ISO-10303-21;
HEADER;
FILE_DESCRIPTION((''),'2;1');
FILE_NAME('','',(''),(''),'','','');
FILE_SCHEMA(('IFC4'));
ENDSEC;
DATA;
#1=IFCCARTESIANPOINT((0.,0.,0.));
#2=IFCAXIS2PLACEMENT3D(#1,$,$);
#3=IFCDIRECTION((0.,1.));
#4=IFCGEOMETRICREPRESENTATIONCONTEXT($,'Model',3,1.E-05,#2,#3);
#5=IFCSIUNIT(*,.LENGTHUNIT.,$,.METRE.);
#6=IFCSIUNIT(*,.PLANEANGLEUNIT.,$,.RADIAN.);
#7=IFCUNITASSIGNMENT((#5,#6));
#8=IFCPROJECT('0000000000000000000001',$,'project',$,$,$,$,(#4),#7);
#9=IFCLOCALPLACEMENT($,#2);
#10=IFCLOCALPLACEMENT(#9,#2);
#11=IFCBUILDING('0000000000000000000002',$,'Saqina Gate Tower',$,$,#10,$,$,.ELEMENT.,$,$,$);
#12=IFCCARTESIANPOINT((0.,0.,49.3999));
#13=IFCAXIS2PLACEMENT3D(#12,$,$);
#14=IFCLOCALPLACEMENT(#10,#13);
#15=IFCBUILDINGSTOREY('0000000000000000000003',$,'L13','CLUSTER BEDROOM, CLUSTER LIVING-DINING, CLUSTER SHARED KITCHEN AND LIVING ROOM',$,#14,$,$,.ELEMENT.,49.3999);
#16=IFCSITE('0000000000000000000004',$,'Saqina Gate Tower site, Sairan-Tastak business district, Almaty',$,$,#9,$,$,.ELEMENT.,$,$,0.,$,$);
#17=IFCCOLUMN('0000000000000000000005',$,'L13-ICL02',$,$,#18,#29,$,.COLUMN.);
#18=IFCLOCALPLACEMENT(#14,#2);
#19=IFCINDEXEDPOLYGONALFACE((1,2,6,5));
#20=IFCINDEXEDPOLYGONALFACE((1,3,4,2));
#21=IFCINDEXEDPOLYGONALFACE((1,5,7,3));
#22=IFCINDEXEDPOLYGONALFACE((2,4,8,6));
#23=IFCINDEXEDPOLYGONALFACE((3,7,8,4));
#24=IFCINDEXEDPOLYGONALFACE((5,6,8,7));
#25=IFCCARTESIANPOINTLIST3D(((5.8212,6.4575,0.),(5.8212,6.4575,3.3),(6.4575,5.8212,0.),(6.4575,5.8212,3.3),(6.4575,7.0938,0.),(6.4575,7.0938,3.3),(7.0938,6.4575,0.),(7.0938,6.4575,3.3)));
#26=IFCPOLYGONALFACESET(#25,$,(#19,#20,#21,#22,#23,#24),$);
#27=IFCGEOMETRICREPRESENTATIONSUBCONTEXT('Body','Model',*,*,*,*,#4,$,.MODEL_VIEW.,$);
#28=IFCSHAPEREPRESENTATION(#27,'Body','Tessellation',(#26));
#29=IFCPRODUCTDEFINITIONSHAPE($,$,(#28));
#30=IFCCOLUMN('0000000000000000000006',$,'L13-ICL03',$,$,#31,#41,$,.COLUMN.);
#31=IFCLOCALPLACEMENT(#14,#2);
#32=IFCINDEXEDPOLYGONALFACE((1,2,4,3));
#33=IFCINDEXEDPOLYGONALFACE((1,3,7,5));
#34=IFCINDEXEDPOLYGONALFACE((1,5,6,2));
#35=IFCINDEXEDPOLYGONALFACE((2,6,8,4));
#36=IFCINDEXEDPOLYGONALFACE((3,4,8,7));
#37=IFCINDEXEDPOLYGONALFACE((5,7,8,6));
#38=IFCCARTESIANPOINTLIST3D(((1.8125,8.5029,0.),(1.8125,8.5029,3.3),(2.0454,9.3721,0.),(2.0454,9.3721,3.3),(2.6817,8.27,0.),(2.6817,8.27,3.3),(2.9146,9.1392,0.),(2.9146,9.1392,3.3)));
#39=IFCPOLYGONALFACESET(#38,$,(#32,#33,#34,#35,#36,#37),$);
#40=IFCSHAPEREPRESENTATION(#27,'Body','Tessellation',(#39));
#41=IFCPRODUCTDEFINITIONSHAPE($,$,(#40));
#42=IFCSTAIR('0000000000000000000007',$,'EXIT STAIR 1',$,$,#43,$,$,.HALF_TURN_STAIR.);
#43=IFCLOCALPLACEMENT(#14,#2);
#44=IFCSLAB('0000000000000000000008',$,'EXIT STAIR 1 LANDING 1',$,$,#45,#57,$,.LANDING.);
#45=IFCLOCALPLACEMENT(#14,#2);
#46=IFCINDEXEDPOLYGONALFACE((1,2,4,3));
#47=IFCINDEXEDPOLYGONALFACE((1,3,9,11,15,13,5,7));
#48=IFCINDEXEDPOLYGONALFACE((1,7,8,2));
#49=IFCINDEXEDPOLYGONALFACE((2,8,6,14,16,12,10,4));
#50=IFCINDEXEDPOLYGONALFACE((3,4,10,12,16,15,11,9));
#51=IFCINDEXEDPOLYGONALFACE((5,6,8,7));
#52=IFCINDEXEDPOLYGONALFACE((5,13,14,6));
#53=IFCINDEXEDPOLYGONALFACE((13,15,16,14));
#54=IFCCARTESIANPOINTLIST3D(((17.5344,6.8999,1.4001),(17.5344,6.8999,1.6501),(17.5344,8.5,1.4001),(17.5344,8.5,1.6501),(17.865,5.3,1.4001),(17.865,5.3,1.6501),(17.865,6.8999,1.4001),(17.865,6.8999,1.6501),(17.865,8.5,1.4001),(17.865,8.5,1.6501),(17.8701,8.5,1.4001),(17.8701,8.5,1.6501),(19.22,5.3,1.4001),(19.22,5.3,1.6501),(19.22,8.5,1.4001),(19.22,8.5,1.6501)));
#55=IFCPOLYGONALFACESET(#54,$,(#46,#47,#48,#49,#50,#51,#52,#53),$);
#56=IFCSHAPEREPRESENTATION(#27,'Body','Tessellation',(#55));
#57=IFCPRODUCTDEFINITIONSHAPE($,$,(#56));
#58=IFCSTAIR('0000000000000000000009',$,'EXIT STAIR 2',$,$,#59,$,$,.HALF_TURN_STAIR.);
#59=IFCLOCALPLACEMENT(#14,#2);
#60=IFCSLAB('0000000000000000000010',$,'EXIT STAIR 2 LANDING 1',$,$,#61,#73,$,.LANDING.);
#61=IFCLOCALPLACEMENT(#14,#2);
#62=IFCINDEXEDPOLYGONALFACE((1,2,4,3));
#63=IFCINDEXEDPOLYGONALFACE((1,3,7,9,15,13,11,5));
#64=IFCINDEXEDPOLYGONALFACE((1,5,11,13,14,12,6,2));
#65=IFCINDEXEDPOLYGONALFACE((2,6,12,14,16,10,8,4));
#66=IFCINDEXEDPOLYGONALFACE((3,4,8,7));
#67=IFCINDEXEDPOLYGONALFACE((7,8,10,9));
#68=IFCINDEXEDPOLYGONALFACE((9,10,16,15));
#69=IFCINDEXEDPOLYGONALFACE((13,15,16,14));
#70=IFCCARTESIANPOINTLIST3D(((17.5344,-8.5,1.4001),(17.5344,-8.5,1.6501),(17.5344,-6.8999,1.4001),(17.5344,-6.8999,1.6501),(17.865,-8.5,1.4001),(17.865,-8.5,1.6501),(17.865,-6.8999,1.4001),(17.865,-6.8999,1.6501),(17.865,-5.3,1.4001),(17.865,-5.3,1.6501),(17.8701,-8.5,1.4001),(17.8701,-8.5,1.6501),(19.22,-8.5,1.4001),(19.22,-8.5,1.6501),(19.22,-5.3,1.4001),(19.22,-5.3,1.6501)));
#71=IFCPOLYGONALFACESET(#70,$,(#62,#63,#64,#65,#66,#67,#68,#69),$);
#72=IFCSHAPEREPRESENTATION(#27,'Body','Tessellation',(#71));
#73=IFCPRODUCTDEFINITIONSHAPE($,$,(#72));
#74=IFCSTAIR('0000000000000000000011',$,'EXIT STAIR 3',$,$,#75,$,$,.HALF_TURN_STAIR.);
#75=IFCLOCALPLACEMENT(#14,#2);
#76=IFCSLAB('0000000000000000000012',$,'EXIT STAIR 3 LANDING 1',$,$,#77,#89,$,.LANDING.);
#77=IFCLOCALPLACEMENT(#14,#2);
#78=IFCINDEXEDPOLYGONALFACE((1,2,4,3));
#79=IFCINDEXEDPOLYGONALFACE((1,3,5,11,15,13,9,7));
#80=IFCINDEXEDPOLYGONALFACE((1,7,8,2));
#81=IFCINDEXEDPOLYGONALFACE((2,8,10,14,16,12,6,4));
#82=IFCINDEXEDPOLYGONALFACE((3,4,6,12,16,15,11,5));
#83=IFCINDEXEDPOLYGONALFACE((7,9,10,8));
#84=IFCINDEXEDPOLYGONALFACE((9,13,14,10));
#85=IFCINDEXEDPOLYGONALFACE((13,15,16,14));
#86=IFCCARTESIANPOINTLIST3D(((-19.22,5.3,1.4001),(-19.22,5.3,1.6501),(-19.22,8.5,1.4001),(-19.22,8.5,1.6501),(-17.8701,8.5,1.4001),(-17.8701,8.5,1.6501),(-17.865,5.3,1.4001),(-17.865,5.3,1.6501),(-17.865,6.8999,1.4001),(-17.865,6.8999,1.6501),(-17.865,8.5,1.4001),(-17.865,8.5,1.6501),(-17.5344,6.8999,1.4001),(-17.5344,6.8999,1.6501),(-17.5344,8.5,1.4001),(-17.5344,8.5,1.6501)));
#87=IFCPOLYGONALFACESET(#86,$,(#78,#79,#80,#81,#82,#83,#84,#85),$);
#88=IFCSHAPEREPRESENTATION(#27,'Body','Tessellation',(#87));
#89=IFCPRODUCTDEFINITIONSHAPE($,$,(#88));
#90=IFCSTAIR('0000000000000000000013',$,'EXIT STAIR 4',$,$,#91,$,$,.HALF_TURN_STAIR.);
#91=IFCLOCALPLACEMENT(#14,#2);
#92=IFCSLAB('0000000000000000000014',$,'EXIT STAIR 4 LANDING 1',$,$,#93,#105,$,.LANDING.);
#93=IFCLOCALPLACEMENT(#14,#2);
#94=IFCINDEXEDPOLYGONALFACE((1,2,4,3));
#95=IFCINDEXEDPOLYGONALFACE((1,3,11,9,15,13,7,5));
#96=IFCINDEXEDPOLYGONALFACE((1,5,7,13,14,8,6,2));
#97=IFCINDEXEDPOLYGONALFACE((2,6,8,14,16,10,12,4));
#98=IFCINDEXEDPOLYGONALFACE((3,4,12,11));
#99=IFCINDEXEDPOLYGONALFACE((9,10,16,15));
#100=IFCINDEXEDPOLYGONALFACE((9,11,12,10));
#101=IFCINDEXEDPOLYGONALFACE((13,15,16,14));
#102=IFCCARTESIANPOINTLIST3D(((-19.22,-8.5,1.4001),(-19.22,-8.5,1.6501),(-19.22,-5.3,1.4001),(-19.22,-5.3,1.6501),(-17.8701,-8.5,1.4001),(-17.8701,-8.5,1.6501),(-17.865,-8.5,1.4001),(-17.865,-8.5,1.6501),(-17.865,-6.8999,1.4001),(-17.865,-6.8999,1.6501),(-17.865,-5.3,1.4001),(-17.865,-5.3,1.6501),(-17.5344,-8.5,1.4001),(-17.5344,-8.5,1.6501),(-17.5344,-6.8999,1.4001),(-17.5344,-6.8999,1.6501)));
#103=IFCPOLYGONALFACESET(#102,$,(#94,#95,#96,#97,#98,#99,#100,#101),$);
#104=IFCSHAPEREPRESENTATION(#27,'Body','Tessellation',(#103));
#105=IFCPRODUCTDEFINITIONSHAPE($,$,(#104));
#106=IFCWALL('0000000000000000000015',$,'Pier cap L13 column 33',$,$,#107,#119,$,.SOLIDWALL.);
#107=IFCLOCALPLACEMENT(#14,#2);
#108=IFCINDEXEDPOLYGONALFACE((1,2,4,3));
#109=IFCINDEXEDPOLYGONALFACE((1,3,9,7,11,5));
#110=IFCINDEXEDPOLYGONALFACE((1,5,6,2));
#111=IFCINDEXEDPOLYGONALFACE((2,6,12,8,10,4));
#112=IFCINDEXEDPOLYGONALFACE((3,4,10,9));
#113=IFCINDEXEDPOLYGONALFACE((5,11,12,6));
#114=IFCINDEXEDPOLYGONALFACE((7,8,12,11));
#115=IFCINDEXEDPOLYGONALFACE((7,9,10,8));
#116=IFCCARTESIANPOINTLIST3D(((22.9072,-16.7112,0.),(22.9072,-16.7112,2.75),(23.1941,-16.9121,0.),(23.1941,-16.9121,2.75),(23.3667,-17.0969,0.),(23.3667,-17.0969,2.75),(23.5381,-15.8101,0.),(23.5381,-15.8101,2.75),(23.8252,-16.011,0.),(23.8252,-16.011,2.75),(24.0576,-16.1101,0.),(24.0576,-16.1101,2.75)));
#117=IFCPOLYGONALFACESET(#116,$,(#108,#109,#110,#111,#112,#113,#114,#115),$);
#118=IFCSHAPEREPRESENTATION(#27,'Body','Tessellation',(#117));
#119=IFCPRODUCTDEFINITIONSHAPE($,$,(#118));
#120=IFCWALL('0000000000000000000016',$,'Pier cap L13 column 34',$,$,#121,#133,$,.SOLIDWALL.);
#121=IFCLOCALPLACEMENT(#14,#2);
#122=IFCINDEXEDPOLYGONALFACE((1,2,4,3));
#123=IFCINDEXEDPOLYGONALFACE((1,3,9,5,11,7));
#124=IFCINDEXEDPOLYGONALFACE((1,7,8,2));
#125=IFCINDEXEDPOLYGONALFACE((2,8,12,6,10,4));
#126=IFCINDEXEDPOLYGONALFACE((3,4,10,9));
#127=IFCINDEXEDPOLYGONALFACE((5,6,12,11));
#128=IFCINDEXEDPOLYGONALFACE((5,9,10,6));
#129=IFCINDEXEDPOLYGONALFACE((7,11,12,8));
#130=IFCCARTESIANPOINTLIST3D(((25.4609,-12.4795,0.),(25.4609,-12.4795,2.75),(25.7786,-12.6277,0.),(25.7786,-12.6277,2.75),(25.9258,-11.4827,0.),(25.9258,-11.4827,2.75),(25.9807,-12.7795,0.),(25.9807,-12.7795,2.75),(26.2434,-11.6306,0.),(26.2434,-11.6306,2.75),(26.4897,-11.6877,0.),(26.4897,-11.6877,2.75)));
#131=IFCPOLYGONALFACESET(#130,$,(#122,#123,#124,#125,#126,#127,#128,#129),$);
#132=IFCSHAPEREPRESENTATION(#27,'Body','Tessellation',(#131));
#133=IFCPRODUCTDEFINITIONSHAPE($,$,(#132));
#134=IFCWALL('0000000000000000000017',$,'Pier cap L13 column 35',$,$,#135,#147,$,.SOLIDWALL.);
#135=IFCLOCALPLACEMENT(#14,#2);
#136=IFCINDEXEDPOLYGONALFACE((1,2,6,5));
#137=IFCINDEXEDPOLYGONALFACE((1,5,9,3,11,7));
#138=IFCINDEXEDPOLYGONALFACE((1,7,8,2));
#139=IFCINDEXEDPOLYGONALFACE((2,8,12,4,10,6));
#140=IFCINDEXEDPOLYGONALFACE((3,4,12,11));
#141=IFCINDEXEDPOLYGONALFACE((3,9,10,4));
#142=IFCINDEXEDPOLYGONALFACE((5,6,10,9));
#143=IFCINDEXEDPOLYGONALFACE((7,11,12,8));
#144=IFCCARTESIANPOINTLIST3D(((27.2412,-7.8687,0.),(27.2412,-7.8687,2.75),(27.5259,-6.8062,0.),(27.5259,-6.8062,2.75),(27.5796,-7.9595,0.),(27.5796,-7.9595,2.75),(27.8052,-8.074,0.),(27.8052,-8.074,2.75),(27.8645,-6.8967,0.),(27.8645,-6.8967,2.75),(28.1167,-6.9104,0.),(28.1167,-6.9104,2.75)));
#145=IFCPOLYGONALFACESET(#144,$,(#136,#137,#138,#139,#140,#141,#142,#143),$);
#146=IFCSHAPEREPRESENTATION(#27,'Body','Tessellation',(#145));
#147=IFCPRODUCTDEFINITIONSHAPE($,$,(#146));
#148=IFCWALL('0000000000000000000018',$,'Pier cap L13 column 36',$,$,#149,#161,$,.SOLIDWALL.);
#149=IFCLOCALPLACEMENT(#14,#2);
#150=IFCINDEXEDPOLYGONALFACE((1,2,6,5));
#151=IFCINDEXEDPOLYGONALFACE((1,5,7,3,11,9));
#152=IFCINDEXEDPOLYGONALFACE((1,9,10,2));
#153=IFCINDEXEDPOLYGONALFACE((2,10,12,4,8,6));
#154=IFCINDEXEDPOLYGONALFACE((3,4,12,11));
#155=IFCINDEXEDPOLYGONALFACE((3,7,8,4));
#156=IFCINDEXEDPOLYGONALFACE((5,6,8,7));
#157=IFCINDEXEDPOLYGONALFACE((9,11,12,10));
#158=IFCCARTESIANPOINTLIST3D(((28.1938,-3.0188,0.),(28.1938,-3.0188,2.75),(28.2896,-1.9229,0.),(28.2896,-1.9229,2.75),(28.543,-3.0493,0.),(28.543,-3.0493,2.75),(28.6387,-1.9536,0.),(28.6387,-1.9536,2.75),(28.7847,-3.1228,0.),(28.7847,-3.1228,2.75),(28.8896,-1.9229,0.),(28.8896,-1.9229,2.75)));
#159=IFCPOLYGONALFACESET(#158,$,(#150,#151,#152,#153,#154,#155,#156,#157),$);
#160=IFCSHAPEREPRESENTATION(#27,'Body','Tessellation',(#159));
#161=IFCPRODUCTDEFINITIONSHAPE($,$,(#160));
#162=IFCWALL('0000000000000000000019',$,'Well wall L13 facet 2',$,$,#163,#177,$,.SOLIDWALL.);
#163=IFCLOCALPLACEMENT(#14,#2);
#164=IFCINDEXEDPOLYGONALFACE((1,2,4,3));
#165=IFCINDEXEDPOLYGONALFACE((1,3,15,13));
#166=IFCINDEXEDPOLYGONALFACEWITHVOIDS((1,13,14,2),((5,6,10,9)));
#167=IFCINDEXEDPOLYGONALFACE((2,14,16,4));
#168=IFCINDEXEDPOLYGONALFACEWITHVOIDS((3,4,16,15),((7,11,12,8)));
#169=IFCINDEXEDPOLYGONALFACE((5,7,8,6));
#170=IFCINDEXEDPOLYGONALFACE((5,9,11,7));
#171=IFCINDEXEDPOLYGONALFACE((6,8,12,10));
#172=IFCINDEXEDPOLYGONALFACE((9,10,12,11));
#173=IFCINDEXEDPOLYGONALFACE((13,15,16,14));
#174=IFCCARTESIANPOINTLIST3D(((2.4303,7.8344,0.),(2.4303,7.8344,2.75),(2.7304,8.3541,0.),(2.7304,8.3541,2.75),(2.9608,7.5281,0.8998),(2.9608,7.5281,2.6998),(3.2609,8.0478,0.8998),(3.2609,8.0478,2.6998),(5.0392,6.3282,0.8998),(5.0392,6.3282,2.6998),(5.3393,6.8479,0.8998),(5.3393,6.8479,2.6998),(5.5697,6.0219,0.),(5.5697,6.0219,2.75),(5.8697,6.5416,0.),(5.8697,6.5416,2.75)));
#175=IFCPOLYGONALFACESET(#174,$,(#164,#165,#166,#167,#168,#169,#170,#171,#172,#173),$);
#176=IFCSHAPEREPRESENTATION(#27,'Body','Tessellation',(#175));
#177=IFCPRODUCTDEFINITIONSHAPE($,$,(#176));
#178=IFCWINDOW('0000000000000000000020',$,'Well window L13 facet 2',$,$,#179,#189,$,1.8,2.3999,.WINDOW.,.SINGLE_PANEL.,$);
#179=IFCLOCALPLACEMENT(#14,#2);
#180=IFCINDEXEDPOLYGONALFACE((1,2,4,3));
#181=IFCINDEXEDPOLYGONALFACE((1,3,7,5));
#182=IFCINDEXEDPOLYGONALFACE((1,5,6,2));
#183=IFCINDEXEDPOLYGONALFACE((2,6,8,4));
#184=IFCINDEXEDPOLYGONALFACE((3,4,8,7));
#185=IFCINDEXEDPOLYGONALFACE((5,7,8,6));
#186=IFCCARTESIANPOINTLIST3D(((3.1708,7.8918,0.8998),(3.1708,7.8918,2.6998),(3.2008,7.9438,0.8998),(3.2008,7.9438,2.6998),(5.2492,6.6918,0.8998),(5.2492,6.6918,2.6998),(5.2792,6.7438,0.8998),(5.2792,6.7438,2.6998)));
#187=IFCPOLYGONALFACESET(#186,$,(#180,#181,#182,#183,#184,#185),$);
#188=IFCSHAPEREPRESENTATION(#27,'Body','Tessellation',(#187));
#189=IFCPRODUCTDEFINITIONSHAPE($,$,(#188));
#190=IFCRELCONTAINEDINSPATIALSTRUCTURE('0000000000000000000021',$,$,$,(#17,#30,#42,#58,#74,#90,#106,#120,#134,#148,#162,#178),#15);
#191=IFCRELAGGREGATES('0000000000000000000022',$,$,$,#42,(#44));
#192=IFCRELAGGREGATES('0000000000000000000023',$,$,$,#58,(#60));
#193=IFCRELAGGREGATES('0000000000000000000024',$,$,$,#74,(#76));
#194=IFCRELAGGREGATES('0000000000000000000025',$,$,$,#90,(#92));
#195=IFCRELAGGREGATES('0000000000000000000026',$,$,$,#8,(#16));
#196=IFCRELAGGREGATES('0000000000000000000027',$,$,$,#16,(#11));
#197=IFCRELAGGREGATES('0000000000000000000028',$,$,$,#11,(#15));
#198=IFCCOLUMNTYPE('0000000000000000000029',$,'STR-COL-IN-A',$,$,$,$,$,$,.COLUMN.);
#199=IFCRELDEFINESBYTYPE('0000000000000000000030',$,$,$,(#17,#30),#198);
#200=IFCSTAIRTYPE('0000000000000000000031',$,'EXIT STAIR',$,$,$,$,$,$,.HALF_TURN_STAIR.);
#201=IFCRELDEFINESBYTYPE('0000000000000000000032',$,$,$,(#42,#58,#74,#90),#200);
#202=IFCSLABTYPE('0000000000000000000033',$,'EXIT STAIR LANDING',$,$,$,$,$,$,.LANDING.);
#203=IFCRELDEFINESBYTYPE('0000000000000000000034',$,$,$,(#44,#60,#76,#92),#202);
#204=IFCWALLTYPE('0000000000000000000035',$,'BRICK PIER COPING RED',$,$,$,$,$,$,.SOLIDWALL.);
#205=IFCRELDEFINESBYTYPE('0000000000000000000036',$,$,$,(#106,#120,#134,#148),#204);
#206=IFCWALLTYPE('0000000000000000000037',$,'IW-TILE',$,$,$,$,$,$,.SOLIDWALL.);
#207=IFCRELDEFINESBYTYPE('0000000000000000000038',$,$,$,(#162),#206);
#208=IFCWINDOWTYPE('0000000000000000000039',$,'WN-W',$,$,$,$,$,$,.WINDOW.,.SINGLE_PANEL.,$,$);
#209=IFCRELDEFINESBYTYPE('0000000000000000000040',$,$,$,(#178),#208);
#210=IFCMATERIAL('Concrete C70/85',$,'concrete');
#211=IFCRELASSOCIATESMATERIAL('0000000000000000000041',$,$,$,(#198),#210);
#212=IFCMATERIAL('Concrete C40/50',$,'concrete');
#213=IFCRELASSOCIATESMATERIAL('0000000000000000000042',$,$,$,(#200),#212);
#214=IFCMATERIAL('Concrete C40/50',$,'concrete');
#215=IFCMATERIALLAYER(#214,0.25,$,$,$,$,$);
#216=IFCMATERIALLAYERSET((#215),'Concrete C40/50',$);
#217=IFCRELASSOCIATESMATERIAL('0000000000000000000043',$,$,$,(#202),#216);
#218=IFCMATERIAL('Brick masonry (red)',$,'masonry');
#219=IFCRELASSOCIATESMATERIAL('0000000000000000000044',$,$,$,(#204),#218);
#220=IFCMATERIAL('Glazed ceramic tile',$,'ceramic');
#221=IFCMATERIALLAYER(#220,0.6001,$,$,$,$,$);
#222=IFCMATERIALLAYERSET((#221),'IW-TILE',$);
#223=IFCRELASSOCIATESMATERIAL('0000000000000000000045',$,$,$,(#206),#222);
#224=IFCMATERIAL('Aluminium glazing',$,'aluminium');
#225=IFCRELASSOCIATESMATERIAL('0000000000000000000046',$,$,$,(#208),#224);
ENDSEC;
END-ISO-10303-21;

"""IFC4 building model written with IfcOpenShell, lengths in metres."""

from ifc_helpers import new_model, si_unit, direction, frame, frame_2d, origin, origin_2d, place, context, subcontext, project, spatial, polyline, rectangle, outline, extrude, material, layer, layer_set, material_profile, profile_set, type_object, element, fill, aggregate, save


model = new_model("IFC4")

# Units and contexts
model_context = context("Model", 3, precision=1e-05, world=origin(), true_north=direction((0.0, 1.0)))
body_context = subcontext(model_context, "Body", "Model", "MODEL_VIEW")
ifc_project = project(units=[si_unit("LENGTHUNIT", "METRE"), si_unit("PLANEANGLEUNIT", "RADIAN")], contexts=[model_context])

# Site, building, storey
site_placement = place(None, origin())
site = spatial("IfcSite", under=ifc_project, at=site_placement, Name="Saqina Gate Tower site, Sairan-Tastak business district, Almaty", CompositionType="ELEMENT", RefElevation=0.0)
building_placement = place(site_placement, origin())
building = spatial("IfcBuilding", under=site, at=building_placement, Name="Saqina Gate Tower", CompositionType="ELEMENT")
storey_placement = place(building_placement, frame((0.0, 0.0, 49.3999)))
storey = spatial("IfcBuildingStorey", under=building, at=storey_placement, Name="L13", Description="CLUSTER BEDROOM, CLUSTER LIVING-DINING, CLUSTER SHARED KITCHEN AND LIVING ROOM", CompositionType="ELEMENT", Elevation=49.3999)

# Columns
ifc_material_1 = material(Name="Concrete C70/85", Category="concrete")
ifc_material_profile = material_profile(ifc_material_1, rectangle(XDim=0.8999, YDim=0.8999, at=origin_2d()), Name="RC 900x900")
ifc_profile_set = profile_set([ifc_material_profile], Name="Concrete C70/85")
column_type = type_object("IfcColumnType", Name="STR-COL-IN-A", PredefinedType="COLUMN", material=ifc_profile_set)
for number, where, z_axis, x_axis, name in (
    (1, (6.4575, 6.4575, 0.0), (0.0, 0.0, 1.0), (0.707107, 0.707107, 0.0), "L13-ICL02"),
    (2, (2.3635, 8.821, 0.0), (0.0, 0.0, 1.0), (0.258819, 0.965926, 0.0), "L13-ICL03"),
):
    element("IfcColumn", number, at=place(storey_placement, frame(where, z_axis=z_axis, x_axis=x_axis)), inside=storey, type_object=column_type, Name=name, PredefinedType="COLUMN", context=body_context, shape_type="SweptSolid", body=[
        extrude(rectangle(XDim=0.8999, YDim=0.8999, at=origin_2d()), origin(), (0.0, 0.0, 1.0), 3.3),
    ])

# Stairs, slabs
ifc_material_2 = material(Name="Concrete C40/50", Category="concrete")
stair_type = type_object("IfcStairType", Name="EXIT STAIR", PredefinedType="HALF_TURN_STAIR", material=ifc_material_2)
stair_1_placement = place(storey_placement, origin())
stair_1 = element("IfcStair", 3, at=stair_1_placement, inside=storey, type_object=stair_type, Name="EXIT STAIR 1", PredefinedType="HALF_TURN_STAIR")
ifc_material_3 = material(Name="Concrete C40/50", Category="concrete")
ifc_layer_1 = layer(ifc_material_3, 0.25)
ifc_layer_set_1 = layer_set([ifc_layer_1], Name="Concrete C40/50")
slab_type = type_object("IfcSlabType", Name="EXIT STAIR LANDING", PredefinedType="LANDING", material=ifc_layer_set_1)
slab_1_placement = place(storey_placement, frame((0.0, 0.0, 1.4001)))
slab_1 = element("IfcSlab", 4, at=slab_1_placement, type_object=slab_type, Name="EXIT STAIR 1 LANDING 1", PredefinedType="LANDING", context=body_context, shape_type="SweptSolid", body=[
    extrude(outline(polyline([(19.22, 8.5), (19.22, 5.3), (17.865, 5.3), (17.865, 6.8999), (17.5344, 6.8999), (17.5344, 8.5), (17.865, 8.5), (17.8701, 8.5), (19.22, 8.5)])), origin(), (0.0, 0.0, 1.0), 0.25),
])
aggregate(stair_1, [slab_1])
stair_2_placement = place(storey_placement, origin())
stair_2 = element("IfcStair", 5, at=stair_2_placement, inside=storey, type_object=stair_type, Name="EXIT STAIR 2", PredefinedType="HALF_TURN_STAIR")
slab_2_placement = place(storey_placement, frame((0.0, 0.0, 1.4001)))
slab_2 = element("IfcSlab", 6, at=slab_2_placement, type_object=slab_type, Name="EXIT STAIR 2 LANDING 1", PredefinedType="LANDING", context=body_context, shape_type="SweptSolid", body=[
    extrude(outline(polyline([(17.5344, -8.5), (17.5344, -6.8999), (17.865, -6.8999), (17.865, -5.3), (19.22, -5.3), (19.22, -8.5), (17.8701, -8.5), (17.865, -8.5), (17.5344, -8.5)])), origin(), (0.0, 0.0, 1.0), 0.25),
])
aggregate(stair_2, [slab_2])
stair_3_placement = place(storey_placement, origin())
stair_3 = element("IfcStair", 7, at=stair_3_placement, inside=storey, type_object=stair_type, Name="EXIT STAIR 3", PredefinedType="HALF_TURN_STAIR")
slab_3_placement = place(storey_placement, frame((0.0, 0.0, 1.4001)))
slab_3 = element("IfcSlab", 8, at=slab_3_placement, type_object=slab_type, Name="EXIT STAIR 3 LANDING 1", PredefinedType="LANDING", context=body_context, shape_type="SweptSolid", body=[
    extrude(outline(polyline([(-17.865, 5.3), (-19.22, 5.3), (-19.22, 8.5), (-17.8701, 8.5), (-17.865, 8.5), (-17.5344, 8.5), (-17.5344, 6.8999), (-17.865, 6.8999), (-17.865, 5.3)])), origin(), (0.0, 0.0, 1.0), 0.25),
])
aggregate(stair_3, [slab_3])
stair_4_placement = place(storey_placement, origin())
stair_4 = element("IfcStair", 9, at=stair_4_placement, inside=storey, type_object=stair_type, Name="EXIT STAIR 4", PredefinedType="HALF_TURN_STAIR")
slab_4_placement = place(storey_placement, frame((0.0, 0.0, 1.4001)))
slab_4 = element("IfcSlab", 10, at=slab_4_placement, type_object=slab_type, Name="EXIT STAIR 4 LANDING 1", PredefinedType="LANDING", context=body_context, shape_type="SweptSolid", body=[
    extrude(outline(polyline([(-17.5344, -6.8999), (-17.5344, -8.5), (-17.865, -8.5), (-17.8701, -8.5), (-19.22, -8.5), (-19.22, -5.3), (-17.865, -5.3), (-17.865, -6.8999), (-17.5344, -6.8999)])), origin(), (0.0, 0.0, 1.0), 0.25),
])
aggregate(stair_4, [slab_4])

# Walls
ifc_material_4 = material(Name="Brick masonry (red)", Category="masonry")
wall_type_1 = type_object("IfcWallType", Name="BRICK PIER COPING RED", PredefinedType="SOLIDWALL", material=ifc_material_4)
wall_1_placement = place(storey_placement, origin())
element("IfcWall", 11, at=wall_1_placement, inside=storey, type_object=wall_type_1, Name="Pier cap L13 column 33", PredefinedType="SOLIDWALL", context=body_context, shape_type="SweptSolid", body=[
    extrude(outline(polyline([(23.3667, -17.0969), (24.0576, -16.1101), (23.5381, -15.8101), (23.8252, -16.011), (23.1941, -16.9121), (22.9072, -16.7112), (23.3667, -17.0969)])), origin(), (0.0, 0.0, 1.0), 2.75),
])
wall_2_placement = place(storey_placement, origin())
element("IfcWall", 12, at=wall_2_placement, inside=storey, type_object=wall_type_1, Name="Pier cap L13 column 34", PredefinedType="SOLIDWALL", context=body_context, shape_type="SweptSolid", body=[
    extrude(outline(polyline([(26.4897, -11.6877), (25.9258, -11.4827), (26.2434, -11.6306), (25.7786, -12.6277), (25.4609, -12.4795), (25.9807, -12.7795), (26.4897, -11.6877)])), origin(), (0.0, 0.0, 1.0), 2.75),
])
wall_3_placement = place(storey_placement, origin())
element("IfcWall", 13, at=wall_3_placement, inside=storey, type_object=wall_type_1, Name="Pier cap L13 column 35", PredefinedType="SOLIDWALL", context=body_context, shape_type="SweptSolid", body=[
    extrude(outline(polyline([(28.1167, -6.9104), (27.5259, -6.8062), (27.8645, -6.8967), (27.5796, -7.9595), (27.2412, -7.8687), (27.8052, -8.074), (28.1167, -6.9104)])), origin(), (0.0, 0.0, 1.0), 2.75),
])
wall_4_placement = place(storey_placement, origin())
element("IfcWall", 14, at=wall_4_placement, inside=storey, type_object=wall_type_1, Name="Pier cap L13 column 36", PredefinedType="SOLIDWALL", context=body_context, shape_type="SweptSolid", body=[
    extrude(outline(polyline([(28.7847, -3.1228), (28.8896, -1.9229), (28.2896, -1.9229), (28.6387, -1.9536), (28.543, -3.0493), (28.1938, -3.0188), (28.7847, -3.1228)])), origin(), (0.0, 0.0, 1.0), 2.75),
])

# Wall, opening, window
ifc_material_5 = material(Name="Glazed ceramic tile", Category="ceramic")
ifc_layer_2 = layer(ifc_material_5, 0.6001)
ifc_layer_set_2 = layer_set([ifc_layer_2], Name="IW-TILE")
wall_type_2 = type_object("IfcWallType", Name="IW-TILE", PredefinedType="SOLIDWALL", material=ifc_layer_set_2)
wall_5_placement = place(storey_placement, frame((5.7197, 6.2817, 0.0), z_axis=(0.0, 0.0, 1.0), x_axis=(-0.86603, 0.499993, 0.0)))
wall_5 = element("IfcWall", 15, at=wall_5_placement, inside=storey, type_object=wall_type_2, Name="Well wall L13 facet 2", PredefinedType="SOLIDWALL", context=body_context, shape_type="SweptSolid", body=[
    extrude(rectangle(XDim=3.625, YDim=0.6001, at=frame_2d((1.8125, 0.0))), origin(), (0.0, 0.0, 1.0), 2.75),
])
opening_1_placement = place(wall_5_placement, frame((0.6125, 0.0, 0.8999)))
opening_1 = element("IfcOpeningElement", 16, at=opening_1_placement, cuts=wall_5, PredefinedType="OPENING", context=body_context, shape_type="SweptSolid", body=[
    extrude(rectangle(XDim=2.3999, YDim=1.8, at=frame_2d((1.2, 0.8999))), frame((0.0, 0.312, 0.0), z_axis=(0.0, -1.0, 0.0), x_axis=(1.0, 0.0, 0.0)), (0.0, 0.0, 1.0), 0.624),
])
ifc_material_6 = material(Name="Aluminium glazing", Category="aluminium")
window_type = type_object("IfcWindowType", Name="WN-W", PartitioningType="SINGLE_PANEL", PredefinedType="WINDOW", material=ifc_material_6)
window_1_placement = place(opening_1_placement, origin())
window_1 = element("IfcWindow", 17, at=window_1_placement, inside=storey, type_object=window_type, Name="Well window L13 facet 2", OverallHeight=1.8, OverallWidth=2.3999, PartitioningType="SINGLE_PANEL", PredefinedType="WINDOW", context=body_context, shape_type="SweptSolid", body=[
    extrude(rectangle(XDim=2.3999, YDim=1.8, at=frame_2d((1.2, 0.8999))), frame((0.0, -0.1199, 0.0), z_axis=(0.0, -1.0, 0.0), x_axis=(1.0, 0.0, 0.0)), (0.0, 0.0, 1.0), 0.0601),
])
fill(opening_1, window_1)

save(model, "model.ifc")
